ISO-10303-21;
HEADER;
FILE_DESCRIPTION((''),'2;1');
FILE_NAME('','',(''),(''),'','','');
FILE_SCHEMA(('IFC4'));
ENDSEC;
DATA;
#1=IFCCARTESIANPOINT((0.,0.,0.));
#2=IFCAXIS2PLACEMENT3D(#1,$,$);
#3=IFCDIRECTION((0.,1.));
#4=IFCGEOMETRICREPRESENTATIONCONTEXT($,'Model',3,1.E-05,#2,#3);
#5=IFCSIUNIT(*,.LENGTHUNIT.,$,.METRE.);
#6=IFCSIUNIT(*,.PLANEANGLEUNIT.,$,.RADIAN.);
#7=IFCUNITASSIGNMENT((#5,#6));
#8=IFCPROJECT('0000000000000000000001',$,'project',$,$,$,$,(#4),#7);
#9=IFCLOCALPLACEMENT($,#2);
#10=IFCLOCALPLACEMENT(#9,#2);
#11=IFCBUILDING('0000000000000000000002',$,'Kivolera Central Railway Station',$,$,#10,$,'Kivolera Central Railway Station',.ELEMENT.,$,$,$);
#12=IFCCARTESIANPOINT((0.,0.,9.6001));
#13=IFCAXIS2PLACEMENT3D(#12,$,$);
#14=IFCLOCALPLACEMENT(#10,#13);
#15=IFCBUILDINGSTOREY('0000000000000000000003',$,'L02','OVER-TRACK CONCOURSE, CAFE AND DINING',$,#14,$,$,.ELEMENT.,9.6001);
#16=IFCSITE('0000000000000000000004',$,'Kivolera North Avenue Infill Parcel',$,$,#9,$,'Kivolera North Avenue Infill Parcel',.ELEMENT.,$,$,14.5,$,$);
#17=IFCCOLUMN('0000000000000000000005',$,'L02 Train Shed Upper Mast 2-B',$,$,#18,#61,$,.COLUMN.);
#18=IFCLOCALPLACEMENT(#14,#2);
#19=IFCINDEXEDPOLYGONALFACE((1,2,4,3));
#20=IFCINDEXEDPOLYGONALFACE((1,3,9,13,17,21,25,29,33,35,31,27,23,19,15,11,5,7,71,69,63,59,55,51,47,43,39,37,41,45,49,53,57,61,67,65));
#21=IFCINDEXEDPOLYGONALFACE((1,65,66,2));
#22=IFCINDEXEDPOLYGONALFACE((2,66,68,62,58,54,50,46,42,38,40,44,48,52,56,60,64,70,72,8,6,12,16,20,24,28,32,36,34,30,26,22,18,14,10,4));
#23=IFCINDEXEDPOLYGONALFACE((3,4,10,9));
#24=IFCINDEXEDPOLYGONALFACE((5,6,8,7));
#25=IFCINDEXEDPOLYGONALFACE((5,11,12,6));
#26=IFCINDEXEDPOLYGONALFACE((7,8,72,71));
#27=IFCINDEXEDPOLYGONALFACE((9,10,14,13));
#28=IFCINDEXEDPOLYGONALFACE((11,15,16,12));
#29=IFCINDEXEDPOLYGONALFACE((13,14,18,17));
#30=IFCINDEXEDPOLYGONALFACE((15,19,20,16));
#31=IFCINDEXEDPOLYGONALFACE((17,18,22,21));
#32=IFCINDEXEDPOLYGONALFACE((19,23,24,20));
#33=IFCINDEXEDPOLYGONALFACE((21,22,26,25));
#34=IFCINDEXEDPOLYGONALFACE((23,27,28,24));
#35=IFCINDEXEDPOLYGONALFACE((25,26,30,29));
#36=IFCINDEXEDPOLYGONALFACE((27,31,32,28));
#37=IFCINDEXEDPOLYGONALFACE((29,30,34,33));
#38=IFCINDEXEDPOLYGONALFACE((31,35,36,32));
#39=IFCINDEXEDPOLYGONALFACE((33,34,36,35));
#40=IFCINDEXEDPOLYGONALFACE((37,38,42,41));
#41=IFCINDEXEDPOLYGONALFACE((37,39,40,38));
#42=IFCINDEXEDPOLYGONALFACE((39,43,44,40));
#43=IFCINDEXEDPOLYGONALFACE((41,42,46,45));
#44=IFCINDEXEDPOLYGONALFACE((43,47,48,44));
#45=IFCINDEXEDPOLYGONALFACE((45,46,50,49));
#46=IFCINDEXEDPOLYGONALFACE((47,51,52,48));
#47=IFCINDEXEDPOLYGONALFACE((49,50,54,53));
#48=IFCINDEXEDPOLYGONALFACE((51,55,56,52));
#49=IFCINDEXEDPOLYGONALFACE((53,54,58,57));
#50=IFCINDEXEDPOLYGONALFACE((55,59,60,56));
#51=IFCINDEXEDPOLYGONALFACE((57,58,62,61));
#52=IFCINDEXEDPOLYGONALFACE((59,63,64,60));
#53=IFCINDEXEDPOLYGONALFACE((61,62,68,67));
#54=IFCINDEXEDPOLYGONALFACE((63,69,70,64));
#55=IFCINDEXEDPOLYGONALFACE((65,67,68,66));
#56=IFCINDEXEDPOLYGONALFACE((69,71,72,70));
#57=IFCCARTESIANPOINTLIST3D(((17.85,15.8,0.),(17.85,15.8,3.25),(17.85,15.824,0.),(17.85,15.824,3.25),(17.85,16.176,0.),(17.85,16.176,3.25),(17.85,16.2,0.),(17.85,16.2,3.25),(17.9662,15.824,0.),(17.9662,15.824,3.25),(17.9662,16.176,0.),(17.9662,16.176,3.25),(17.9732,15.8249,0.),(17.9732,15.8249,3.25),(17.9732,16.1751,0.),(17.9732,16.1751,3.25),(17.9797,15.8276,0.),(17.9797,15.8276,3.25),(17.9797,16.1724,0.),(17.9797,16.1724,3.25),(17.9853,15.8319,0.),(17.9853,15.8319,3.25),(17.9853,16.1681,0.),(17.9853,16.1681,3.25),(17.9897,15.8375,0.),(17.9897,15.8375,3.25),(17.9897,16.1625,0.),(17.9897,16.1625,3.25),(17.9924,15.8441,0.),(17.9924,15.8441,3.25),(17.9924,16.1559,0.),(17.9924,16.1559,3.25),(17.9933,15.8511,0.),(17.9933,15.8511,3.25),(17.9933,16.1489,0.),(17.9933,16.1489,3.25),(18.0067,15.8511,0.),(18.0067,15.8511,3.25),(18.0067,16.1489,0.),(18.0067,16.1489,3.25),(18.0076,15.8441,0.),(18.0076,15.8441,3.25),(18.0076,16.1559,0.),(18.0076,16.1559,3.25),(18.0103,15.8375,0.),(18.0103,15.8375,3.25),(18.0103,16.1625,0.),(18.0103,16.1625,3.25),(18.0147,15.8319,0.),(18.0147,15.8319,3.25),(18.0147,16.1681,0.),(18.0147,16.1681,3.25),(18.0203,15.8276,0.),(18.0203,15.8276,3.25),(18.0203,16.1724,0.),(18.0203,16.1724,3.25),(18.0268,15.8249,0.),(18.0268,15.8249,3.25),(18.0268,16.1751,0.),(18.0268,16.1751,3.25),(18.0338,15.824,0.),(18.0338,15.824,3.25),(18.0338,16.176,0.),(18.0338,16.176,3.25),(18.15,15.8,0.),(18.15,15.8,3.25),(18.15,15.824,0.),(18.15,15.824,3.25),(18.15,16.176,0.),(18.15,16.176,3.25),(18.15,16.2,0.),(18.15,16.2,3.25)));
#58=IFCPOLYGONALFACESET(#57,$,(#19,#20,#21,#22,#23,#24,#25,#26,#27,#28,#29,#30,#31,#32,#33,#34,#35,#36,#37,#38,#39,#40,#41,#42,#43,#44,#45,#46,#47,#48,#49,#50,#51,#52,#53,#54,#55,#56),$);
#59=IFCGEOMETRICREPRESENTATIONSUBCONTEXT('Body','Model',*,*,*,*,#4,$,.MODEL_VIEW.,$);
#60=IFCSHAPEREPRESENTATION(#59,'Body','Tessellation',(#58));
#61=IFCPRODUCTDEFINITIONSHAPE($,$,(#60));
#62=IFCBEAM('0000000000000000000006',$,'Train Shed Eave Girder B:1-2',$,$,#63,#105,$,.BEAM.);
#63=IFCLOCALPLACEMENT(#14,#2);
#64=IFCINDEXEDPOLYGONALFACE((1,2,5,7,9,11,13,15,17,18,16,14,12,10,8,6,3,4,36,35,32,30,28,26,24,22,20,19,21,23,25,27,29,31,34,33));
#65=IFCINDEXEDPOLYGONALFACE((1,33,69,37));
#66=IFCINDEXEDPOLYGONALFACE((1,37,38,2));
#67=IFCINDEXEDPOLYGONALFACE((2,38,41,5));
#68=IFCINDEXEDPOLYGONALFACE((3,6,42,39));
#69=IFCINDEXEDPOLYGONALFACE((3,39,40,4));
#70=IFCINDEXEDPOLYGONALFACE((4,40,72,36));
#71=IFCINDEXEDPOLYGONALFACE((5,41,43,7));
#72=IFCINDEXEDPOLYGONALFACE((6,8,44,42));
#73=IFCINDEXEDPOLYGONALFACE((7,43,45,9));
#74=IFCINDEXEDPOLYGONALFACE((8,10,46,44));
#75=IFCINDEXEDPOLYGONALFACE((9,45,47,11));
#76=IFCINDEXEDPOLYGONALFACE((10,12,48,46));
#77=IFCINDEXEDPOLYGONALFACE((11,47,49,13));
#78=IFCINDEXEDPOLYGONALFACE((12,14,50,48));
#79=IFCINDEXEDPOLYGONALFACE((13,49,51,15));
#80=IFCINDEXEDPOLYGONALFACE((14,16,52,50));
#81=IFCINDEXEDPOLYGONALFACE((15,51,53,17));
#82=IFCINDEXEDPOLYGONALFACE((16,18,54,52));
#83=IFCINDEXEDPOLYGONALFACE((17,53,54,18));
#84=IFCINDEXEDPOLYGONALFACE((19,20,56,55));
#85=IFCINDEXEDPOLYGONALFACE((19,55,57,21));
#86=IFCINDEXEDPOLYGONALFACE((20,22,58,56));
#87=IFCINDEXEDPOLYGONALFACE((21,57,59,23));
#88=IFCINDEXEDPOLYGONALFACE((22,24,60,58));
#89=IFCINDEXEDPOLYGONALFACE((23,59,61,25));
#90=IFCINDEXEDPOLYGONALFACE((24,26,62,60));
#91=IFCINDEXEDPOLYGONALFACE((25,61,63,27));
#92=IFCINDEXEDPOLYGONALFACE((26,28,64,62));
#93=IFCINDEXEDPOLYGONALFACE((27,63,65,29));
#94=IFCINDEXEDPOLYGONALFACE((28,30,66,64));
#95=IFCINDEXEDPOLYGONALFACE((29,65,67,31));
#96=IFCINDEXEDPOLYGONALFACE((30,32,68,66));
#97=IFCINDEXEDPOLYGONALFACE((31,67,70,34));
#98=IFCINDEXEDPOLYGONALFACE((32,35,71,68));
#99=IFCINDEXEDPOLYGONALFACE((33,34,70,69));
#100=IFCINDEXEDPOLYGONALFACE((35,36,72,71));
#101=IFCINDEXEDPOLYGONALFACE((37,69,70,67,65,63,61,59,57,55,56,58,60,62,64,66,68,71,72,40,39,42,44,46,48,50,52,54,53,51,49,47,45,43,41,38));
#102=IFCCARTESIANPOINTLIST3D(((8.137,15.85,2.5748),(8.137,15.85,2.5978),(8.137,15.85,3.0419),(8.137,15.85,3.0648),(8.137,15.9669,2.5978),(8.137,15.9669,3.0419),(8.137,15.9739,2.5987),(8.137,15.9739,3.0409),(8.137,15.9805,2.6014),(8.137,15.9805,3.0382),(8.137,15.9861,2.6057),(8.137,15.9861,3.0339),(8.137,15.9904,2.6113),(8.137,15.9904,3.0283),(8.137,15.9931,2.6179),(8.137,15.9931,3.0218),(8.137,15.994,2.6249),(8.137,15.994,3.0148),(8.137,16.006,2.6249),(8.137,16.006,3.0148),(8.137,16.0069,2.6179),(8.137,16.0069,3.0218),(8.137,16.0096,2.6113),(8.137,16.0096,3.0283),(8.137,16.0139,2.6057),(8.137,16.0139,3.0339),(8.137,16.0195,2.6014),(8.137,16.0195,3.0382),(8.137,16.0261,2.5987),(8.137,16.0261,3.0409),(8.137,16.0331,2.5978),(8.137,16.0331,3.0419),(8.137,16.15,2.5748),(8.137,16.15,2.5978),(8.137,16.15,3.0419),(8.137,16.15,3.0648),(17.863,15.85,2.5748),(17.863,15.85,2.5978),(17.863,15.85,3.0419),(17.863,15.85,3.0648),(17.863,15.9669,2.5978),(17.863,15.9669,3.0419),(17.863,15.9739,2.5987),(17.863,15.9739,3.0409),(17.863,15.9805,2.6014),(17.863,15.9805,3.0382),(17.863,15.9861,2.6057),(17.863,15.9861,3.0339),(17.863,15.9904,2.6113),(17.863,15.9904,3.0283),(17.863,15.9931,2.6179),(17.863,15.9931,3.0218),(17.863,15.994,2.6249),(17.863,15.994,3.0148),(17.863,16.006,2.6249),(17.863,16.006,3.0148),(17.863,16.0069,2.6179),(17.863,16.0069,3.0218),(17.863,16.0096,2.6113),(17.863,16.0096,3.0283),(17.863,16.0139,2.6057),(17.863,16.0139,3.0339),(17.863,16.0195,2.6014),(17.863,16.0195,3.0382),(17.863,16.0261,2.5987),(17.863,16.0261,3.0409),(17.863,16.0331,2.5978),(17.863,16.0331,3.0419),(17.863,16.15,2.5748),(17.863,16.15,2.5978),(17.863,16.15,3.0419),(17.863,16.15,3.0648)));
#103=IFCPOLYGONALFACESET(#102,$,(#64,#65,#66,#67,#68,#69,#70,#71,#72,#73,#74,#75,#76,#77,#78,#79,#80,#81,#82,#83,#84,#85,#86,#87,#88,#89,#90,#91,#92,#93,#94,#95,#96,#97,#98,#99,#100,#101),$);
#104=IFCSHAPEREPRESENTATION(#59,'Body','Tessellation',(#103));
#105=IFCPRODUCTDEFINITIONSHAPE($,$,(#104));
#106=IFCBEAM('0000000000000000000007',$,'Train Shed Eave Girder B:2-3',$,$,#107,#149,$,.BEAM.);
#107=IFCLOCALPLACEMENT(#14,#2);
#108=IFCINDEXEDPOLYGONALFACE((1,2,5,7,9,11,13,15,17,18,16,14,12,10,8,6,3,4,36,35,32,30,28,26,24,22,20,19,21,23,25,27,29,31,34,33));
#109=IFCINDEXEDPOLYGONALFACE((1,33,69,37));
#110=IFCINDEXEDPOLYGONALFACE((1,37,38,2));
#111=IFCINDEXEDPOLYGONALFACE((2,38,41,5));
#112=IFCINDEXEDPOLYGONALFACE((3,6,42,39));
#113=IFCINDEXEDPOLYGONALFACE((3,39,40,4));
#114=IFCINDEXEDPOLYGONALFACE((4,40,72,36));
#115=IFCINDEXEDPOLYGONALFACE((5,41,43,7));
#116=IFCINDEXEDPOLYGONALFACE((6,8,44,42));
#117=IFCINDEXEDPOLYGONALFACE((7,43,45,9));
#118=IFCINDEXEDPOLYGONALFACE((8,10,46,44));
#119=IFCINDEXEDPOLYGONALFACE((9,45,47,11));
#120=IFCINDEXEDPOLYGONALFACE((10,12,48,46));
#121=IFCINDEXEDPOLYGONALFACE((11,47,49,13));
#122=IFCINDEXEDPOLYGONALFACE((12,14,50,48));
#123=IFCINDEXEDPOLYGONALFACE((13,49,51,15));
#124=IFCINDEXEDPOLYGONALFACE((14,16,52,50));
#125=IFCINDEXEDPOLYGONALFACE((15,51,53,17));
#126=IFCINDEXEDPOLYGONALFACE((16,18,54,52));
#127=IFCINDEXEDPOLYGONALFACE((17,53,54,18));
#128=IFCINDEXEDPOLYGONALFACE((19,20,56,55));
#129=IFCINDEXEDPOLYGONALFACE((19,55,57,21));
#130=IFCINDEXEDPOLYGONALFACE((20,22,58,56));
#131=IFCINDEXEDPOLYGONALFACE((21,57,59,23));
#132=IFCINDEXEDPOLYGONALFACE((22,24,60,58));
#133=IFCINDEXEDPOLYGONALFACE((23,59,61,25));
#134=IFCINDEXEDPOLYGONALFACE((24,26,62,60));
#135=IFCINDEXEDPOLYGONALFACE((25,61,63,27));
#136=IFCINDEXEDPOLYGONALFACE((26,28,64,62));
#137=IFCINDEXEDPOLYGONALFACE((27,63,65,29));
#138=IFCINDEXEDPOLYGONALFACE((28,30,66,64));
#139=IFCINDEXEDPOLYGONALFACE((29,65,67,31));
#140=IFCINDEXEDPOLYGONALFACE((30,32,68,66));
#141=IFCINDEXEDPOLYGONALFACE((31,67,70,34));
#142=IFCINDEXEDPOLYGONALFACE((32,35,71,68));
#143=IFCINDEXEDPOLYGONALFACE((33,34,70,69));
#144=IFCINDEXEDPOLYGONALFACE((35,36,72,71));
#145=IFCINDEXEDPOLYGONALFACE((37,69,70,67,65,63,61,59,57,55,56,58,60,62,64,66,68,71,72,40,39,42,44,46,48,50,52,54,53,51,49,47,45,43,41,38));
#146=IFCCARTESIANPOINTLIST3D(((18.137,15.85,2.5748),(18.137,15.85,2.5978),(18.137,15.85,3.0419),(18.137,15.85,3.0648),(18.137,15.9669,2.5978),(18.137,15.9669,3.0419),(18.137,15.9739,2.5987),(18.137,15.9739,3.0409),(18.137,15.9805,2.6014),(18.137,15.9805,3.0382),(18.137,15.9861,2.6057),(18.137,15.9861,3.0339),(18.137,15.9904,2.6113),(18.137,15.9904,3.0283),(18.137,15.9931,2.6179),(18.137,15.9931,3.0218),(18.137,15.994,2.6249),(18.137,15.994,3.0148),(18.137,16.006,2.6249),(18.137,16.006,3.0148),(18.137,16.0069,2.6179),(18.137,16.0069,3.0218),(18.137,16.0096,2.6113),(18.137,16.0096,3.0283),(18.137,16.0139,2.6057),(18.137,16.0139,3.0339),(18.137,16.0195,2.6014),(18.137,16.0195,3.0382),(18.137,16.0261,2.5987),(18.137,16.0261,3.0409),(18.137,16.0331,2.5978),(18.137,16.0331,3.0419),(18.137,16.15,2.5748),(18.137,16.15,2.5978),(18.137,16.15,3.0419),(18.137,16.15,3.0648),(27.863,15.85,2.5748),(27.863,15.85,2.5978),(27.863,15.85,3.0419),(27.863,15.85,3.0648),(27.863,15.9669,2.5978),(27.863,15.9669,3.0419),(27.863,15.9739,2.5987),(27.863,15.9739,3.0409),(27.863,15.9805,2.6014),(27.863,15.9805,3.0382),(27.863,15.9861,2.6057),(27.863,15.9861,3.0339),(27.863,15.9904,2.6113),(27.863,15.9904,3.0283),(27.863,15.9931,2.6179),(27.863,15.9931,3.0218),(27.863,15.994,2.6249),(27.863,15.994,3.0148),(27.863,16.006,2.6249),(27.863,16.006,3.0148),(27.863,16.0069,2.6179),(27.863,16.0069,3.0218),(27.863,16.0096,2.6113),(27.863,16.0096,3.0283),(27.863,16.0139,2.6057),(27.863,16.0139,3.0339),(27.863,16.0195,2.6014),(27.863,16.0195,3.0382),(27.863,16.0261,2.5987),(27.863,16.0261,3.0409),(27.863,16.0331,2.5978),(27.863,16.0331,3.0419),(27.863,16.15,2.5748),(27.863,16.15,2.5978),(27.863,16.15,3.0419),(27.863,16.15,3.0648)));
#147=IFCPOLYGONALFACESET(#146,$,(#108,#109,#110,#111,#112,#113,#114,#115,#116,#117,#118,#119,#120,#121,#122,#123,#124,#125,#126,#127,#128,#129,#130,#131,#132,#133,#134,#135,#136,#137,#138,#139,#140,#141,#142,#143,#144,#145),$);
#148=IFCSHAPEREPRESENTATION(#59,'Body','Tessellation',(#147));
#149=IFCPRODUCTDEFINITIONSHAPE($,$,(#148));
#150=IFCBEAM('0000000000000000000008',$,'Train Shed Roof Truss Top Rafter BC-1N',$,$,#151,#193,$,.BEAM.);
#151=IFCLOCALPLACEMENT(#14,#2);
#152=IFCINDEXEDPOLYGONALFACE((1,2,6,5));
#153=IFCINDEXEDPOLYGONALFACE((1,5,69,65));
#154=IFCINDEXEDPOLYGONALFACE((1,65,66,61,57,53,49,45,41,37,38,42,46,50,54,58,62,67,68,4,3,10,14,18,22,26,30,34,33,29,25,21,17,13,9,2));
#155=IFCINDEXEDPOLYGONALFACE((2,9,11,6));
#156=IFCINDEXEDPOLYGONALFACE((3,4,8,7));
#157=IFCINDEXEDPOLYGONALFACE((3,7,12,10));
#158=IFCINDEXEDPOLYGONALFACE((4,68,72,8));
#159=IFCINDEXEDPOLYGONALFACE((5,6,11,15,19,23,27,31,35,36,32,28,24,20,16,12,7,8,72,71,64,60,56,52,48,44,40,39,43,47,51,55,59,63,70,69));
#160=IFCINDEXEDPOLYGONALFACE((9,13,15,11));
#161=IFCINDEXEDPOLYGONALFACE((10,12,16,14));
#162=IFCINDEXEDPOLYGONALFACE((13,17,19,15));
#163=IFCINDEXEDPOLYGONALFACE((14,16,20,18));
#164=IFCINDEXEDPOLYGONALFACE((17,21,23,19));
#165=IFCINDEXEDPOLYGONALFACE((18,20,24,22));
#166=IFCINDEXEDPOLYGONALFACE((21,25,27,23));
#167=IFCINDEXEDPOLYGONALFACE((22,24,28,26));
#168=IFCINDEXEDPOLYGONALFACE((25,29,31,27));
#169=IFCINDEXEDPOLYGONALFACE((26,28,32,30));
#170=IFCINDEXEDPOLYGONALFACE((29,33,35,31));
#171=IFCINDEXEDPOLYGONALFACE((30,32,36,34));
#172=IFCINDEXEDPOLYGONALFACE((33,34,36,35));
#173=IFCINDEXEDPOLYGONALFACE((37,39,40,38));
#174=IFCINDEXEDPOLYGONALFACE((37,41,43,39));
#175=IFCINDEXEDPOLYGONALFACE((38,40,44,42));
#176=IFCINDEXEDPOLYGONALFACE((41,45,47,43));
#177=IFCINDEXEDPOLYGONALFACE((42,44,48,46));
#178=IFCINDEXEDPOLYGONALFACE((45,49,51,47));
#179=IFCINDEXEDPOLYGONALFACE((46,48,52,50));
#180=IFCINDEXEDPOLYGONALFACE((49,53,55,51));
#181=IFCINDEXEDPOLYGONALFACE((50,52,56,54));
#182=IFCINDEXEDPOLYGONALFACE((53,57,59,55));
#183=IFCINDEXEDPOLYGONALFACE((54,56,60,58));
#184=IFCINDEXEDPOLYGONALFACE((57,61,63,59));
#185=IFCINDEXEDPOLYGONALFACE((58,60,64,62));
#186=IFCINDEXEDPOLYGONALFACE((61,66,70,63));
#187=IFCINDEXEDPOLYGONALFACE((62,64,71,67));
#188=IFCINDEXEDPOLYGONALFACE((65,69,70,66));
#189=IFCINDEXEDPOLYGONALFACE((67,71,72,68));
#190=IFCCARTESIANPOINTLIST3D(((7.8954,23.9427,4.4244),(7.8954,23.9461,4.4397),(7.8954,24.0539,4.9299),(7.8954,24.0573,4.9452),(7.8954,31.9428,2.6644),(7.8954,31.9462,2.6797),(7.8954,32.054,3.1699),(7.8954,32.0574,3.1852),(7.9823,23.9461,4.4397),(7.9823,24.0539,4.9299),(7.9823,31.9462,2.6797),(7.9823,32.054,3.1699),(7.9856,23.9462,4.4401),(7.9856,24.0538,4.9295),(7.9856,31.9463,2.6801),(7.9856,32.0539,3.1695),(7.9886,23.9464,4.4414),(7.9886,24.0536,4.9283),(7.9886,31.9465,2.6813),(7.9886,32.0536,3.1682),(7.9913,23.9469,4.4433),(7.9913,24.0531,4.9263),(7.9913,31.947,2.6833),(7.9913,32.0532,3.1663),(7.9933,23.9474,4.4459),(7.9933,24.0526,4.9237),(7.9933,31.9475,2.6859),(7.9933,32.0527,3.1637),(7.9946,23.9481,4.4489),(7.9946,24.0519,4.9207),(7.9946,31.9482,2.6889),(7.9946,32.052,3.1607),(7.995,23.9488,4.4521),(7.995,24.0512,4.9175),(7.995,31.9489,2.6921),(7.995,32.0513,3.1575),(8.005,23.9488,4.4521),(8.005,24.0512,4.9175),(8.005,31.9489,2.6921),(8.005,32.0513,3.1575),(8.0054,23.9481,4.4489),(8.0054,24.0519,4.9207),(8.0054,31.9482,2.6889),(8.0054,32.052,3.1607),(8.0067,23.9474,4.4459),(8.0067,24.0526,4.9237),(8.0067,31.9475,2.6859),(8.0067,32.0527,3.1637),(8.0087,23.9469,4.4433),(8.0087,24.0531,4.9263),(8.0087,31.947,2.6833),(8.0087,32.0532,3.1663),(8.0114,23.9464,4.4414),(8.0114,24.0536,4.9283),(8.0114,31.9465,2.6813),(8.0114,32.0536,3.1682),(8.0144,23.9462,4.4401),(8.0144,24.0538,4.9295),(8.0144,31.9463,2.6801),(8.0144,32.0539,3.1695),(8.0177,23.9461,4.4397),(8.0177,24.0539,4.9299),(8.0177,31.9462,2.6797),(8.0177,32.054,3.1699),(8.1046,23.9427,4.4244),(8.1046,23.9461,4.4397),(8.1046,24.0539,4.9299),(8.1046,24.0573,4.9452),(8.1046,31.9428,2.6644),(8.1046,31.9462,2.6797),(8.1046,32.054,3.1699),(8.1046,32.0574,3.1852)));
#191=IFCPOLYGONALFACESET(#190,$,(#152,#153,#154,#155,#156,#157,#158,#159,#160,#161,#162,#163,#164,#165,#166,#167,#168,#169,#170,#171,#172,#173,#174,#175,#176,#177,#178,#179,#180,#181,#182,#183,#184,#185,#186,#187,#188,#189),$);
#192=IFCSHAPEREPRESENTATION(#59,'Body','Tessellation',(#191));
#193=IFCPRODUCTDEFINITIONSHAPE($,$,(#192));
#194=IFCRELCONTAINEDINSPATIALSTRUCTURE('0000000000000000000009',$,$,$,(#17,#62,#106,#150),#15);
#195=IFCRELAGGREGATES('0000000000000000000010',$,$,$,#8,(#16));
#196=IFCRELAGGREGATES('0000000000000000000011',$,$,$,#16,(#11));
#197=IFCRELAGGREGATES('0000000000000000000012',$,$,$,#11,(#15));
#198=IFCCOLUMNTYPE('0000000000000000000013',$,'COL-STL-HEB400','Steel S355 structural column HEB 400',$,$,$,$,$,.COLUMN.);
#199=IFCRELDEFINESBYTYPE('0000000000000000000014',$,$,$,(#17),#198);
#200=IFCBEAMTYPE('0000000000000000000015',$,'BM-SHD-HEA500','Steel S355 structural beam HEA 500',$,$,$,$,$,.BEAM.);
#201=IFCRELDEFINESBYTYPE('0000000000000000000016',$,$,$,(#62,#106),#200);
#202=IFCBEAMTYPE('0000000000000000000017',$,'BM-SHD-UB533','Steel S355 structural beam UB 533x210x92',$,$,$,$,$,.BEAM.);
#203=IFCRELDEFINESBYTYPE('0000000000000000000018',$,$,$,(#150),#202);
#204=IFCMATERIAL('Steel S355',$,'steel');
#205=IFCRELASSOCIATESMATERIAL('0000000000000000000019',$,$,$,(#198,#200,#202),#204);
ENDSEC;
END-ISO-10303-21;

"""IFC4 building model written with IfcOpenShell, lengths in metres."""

from ifc_helpers import new_model, si_unit, direction, frame, origin, origin_2d, place, context, subcontext, project, spatial, i_section, extrude, material, material_profile, profile_set, type_object, element, save


model = new_model("IFC4")

# Units and contexts
model_context = context("Model", 3, precision=1e-05, world=origin(), true_north=direction((0.0, 1.0)))
body_context = subcontext(model_context, "Body", "Model", "MODEL_VIEW")
ifc_project = project(units=[si_unit("LENGTHUNIT", "METRE"), si_unit("PLANEANGLEUNIT", "RADIAN")], contexts=[model_context])

# Site, building, storey
site_placement = place(None, origin())
site = spatial("IfcSite", under=ifc_project, at=site_placement, Name="Kivolera North Avenue Infill Parcel", LongName="Kivolera North Avenue Infill Parcel", CompositionType="ELEMENT", RefElevation=14.5)
building_placement = place(site_placement, origin())
building = spatial("IfcBuilding", under=site, at=building_placement, Name="Kivolera Central Railway Station", LongName="Kivolera Central Railway Station", CompositionType="ELEMENT")
storey_placement = place(building_placement, frame((0.0, 0.0, 9.6001)))
storey = spatial("IfcBuildingStorey", under=building, at=storey_placement, Name="L02", Description="OVER-TRACK CONCOURSE, CAFE AND DINING", CompositionType="ELEMENT", Elevation=9.6001)

# Column
ifc_material_1 = material(Name="Steel S355", Category="steel")
ifc_material_profile_1 = material_profile(ifc_material_1, i_section(OverallWidth=0.3, OverallDepth=0.3999, WebThickness=0.0134, FlangeThickness=0.0239, FilletRadius=0.0271, at=origin_2d()), Name="HEB 400")
ifc_profile_set_1 = profile_set([ifc_material_profile_1], Name="Steel S355")
column_type = type_object("IfcColumnType", Name="COL-STL-HEB400", Description="Steel S355 structural column HEB 400", PredefinedType="COLUMN", material=ifc_profile_set_1)
column_placement = place(storey_placement, frame((18.0, 16.0, 0.0), z_axis=(0.0, 0.0, 1.0), x_axis=(1.0, 0.0, 0.0)))
element("IfcColumn", 1, at=column_placement, inside=storey, type_object=column_type, Name="L02 Train Shed Upper Mast 2-B", PredefinedType="COLUMN", context=body_context, shape_type="SweptSolid", body=[
    extrude(i_section(OverallWidth=0.3, OverallDepth=0.3999, WebThickness=0.0134, FlangeThickness=0.0239, FilletRadius=0.0271, at=origin_2d()), origin(), (0.0, 0.0, 1.0), 3.25),
])

# Beams
ifc_material_profile_2 = material_profile(ifc_material_1, i_section(OverallWidth=0.3, OverallDepth=0.49, WebThickness=0.012, FlangeThickness=0.0229, FilletRadius=0.0271, at=origin_2d()), Name="HEA 500")
ifc_profile_set_2 = profile_set([ifc_material_profile_2], Name="Steel S355")
beam_type_1 = type_object("IfcBeamType", Name="BM-SHD-HEA500", Description="Steel S355 structural beam HEA 500", PredefinedType="BEAM", material=ifc_profile_set_2)
for number, where, z_axis, x_axis, name in (
    (2, (8.137, 16.0, 2.8198), (1.0, 0.0, 0.0), (0.0, 1.0, 0.0), "Train Shed Eave Girder B:1-2"),
    (3, (18.137, 16.0, 2.8198), (1.0, 0.0, 0.0), (0.0, 1.0, 0.0), "Train Shed Eave Girder B:2-3"),
):
    element("IfcBeam", number, at=place(storey_placement, frame(where, z_axis=z_axis, x_axis=x_axis)), inside=storey, type_object=beam_type_1, Name=name, PredefinedType="BEAM", context=body_context, shape_type="SweptSolid", body=[
        extrude(i_section(OverallWidth=0.3, OverallDepth=0.49, WebThickness=0.012, FlangeThickness=0.0229, FilletRadius=0.0271, at=origin_2d()), origin(), (0.0, 0.0, 1.0), 9.7261),
    ])
ifc_material_profile_3 = material_profile(ifc_material_1, i_section(OverallWidth=0.2092, OverallDepth=0.5332, WebThickness=0.01, FlangeThickness=0.0156, FilletRadius=0.0127, at=origin_2d()), Name="UB 533x210x92")
ifc_profile_set_3 = profile_set([ifc_material_profile_3], Name="Steel S355")
beam_type_2 = type_object("IfcBeamType", Name="BM-SHD-UB533", Description="Steel S355 structural beam UB 533x210x92", PredefinedType="BEAM", material=ifc_profile_set_3)
for number, where, z_axis, x_axis, name in (
    (4, (8.0, 24.0, 4.6848), (0.0, 0.976644, -0.214863), (-1.0, 0.0, 0.0), "Train Shed Roof Truss Top Rafter BC-1N"),
):
    element("IfcBeam", number, at=place(storey_placement, frame(where, z_axis=z_axis, x_axis=x_axis)), inside=storey, type_object=beam_type_2, Name=name, PredefinedType="BEAM", context=body_context, shape_type="SweptSolid", body=[
        extrude(i_section(OverallWidth=0.2092, OverallDepth=0.5332, WebThickness=0.01, FlangeThickness=0.0156, FilletRadius=0.0127, at=origin_2d()), origin(), (0.0, 0.0, 1.0), 8.1914),
    ])

save(model, "model.ifc")
